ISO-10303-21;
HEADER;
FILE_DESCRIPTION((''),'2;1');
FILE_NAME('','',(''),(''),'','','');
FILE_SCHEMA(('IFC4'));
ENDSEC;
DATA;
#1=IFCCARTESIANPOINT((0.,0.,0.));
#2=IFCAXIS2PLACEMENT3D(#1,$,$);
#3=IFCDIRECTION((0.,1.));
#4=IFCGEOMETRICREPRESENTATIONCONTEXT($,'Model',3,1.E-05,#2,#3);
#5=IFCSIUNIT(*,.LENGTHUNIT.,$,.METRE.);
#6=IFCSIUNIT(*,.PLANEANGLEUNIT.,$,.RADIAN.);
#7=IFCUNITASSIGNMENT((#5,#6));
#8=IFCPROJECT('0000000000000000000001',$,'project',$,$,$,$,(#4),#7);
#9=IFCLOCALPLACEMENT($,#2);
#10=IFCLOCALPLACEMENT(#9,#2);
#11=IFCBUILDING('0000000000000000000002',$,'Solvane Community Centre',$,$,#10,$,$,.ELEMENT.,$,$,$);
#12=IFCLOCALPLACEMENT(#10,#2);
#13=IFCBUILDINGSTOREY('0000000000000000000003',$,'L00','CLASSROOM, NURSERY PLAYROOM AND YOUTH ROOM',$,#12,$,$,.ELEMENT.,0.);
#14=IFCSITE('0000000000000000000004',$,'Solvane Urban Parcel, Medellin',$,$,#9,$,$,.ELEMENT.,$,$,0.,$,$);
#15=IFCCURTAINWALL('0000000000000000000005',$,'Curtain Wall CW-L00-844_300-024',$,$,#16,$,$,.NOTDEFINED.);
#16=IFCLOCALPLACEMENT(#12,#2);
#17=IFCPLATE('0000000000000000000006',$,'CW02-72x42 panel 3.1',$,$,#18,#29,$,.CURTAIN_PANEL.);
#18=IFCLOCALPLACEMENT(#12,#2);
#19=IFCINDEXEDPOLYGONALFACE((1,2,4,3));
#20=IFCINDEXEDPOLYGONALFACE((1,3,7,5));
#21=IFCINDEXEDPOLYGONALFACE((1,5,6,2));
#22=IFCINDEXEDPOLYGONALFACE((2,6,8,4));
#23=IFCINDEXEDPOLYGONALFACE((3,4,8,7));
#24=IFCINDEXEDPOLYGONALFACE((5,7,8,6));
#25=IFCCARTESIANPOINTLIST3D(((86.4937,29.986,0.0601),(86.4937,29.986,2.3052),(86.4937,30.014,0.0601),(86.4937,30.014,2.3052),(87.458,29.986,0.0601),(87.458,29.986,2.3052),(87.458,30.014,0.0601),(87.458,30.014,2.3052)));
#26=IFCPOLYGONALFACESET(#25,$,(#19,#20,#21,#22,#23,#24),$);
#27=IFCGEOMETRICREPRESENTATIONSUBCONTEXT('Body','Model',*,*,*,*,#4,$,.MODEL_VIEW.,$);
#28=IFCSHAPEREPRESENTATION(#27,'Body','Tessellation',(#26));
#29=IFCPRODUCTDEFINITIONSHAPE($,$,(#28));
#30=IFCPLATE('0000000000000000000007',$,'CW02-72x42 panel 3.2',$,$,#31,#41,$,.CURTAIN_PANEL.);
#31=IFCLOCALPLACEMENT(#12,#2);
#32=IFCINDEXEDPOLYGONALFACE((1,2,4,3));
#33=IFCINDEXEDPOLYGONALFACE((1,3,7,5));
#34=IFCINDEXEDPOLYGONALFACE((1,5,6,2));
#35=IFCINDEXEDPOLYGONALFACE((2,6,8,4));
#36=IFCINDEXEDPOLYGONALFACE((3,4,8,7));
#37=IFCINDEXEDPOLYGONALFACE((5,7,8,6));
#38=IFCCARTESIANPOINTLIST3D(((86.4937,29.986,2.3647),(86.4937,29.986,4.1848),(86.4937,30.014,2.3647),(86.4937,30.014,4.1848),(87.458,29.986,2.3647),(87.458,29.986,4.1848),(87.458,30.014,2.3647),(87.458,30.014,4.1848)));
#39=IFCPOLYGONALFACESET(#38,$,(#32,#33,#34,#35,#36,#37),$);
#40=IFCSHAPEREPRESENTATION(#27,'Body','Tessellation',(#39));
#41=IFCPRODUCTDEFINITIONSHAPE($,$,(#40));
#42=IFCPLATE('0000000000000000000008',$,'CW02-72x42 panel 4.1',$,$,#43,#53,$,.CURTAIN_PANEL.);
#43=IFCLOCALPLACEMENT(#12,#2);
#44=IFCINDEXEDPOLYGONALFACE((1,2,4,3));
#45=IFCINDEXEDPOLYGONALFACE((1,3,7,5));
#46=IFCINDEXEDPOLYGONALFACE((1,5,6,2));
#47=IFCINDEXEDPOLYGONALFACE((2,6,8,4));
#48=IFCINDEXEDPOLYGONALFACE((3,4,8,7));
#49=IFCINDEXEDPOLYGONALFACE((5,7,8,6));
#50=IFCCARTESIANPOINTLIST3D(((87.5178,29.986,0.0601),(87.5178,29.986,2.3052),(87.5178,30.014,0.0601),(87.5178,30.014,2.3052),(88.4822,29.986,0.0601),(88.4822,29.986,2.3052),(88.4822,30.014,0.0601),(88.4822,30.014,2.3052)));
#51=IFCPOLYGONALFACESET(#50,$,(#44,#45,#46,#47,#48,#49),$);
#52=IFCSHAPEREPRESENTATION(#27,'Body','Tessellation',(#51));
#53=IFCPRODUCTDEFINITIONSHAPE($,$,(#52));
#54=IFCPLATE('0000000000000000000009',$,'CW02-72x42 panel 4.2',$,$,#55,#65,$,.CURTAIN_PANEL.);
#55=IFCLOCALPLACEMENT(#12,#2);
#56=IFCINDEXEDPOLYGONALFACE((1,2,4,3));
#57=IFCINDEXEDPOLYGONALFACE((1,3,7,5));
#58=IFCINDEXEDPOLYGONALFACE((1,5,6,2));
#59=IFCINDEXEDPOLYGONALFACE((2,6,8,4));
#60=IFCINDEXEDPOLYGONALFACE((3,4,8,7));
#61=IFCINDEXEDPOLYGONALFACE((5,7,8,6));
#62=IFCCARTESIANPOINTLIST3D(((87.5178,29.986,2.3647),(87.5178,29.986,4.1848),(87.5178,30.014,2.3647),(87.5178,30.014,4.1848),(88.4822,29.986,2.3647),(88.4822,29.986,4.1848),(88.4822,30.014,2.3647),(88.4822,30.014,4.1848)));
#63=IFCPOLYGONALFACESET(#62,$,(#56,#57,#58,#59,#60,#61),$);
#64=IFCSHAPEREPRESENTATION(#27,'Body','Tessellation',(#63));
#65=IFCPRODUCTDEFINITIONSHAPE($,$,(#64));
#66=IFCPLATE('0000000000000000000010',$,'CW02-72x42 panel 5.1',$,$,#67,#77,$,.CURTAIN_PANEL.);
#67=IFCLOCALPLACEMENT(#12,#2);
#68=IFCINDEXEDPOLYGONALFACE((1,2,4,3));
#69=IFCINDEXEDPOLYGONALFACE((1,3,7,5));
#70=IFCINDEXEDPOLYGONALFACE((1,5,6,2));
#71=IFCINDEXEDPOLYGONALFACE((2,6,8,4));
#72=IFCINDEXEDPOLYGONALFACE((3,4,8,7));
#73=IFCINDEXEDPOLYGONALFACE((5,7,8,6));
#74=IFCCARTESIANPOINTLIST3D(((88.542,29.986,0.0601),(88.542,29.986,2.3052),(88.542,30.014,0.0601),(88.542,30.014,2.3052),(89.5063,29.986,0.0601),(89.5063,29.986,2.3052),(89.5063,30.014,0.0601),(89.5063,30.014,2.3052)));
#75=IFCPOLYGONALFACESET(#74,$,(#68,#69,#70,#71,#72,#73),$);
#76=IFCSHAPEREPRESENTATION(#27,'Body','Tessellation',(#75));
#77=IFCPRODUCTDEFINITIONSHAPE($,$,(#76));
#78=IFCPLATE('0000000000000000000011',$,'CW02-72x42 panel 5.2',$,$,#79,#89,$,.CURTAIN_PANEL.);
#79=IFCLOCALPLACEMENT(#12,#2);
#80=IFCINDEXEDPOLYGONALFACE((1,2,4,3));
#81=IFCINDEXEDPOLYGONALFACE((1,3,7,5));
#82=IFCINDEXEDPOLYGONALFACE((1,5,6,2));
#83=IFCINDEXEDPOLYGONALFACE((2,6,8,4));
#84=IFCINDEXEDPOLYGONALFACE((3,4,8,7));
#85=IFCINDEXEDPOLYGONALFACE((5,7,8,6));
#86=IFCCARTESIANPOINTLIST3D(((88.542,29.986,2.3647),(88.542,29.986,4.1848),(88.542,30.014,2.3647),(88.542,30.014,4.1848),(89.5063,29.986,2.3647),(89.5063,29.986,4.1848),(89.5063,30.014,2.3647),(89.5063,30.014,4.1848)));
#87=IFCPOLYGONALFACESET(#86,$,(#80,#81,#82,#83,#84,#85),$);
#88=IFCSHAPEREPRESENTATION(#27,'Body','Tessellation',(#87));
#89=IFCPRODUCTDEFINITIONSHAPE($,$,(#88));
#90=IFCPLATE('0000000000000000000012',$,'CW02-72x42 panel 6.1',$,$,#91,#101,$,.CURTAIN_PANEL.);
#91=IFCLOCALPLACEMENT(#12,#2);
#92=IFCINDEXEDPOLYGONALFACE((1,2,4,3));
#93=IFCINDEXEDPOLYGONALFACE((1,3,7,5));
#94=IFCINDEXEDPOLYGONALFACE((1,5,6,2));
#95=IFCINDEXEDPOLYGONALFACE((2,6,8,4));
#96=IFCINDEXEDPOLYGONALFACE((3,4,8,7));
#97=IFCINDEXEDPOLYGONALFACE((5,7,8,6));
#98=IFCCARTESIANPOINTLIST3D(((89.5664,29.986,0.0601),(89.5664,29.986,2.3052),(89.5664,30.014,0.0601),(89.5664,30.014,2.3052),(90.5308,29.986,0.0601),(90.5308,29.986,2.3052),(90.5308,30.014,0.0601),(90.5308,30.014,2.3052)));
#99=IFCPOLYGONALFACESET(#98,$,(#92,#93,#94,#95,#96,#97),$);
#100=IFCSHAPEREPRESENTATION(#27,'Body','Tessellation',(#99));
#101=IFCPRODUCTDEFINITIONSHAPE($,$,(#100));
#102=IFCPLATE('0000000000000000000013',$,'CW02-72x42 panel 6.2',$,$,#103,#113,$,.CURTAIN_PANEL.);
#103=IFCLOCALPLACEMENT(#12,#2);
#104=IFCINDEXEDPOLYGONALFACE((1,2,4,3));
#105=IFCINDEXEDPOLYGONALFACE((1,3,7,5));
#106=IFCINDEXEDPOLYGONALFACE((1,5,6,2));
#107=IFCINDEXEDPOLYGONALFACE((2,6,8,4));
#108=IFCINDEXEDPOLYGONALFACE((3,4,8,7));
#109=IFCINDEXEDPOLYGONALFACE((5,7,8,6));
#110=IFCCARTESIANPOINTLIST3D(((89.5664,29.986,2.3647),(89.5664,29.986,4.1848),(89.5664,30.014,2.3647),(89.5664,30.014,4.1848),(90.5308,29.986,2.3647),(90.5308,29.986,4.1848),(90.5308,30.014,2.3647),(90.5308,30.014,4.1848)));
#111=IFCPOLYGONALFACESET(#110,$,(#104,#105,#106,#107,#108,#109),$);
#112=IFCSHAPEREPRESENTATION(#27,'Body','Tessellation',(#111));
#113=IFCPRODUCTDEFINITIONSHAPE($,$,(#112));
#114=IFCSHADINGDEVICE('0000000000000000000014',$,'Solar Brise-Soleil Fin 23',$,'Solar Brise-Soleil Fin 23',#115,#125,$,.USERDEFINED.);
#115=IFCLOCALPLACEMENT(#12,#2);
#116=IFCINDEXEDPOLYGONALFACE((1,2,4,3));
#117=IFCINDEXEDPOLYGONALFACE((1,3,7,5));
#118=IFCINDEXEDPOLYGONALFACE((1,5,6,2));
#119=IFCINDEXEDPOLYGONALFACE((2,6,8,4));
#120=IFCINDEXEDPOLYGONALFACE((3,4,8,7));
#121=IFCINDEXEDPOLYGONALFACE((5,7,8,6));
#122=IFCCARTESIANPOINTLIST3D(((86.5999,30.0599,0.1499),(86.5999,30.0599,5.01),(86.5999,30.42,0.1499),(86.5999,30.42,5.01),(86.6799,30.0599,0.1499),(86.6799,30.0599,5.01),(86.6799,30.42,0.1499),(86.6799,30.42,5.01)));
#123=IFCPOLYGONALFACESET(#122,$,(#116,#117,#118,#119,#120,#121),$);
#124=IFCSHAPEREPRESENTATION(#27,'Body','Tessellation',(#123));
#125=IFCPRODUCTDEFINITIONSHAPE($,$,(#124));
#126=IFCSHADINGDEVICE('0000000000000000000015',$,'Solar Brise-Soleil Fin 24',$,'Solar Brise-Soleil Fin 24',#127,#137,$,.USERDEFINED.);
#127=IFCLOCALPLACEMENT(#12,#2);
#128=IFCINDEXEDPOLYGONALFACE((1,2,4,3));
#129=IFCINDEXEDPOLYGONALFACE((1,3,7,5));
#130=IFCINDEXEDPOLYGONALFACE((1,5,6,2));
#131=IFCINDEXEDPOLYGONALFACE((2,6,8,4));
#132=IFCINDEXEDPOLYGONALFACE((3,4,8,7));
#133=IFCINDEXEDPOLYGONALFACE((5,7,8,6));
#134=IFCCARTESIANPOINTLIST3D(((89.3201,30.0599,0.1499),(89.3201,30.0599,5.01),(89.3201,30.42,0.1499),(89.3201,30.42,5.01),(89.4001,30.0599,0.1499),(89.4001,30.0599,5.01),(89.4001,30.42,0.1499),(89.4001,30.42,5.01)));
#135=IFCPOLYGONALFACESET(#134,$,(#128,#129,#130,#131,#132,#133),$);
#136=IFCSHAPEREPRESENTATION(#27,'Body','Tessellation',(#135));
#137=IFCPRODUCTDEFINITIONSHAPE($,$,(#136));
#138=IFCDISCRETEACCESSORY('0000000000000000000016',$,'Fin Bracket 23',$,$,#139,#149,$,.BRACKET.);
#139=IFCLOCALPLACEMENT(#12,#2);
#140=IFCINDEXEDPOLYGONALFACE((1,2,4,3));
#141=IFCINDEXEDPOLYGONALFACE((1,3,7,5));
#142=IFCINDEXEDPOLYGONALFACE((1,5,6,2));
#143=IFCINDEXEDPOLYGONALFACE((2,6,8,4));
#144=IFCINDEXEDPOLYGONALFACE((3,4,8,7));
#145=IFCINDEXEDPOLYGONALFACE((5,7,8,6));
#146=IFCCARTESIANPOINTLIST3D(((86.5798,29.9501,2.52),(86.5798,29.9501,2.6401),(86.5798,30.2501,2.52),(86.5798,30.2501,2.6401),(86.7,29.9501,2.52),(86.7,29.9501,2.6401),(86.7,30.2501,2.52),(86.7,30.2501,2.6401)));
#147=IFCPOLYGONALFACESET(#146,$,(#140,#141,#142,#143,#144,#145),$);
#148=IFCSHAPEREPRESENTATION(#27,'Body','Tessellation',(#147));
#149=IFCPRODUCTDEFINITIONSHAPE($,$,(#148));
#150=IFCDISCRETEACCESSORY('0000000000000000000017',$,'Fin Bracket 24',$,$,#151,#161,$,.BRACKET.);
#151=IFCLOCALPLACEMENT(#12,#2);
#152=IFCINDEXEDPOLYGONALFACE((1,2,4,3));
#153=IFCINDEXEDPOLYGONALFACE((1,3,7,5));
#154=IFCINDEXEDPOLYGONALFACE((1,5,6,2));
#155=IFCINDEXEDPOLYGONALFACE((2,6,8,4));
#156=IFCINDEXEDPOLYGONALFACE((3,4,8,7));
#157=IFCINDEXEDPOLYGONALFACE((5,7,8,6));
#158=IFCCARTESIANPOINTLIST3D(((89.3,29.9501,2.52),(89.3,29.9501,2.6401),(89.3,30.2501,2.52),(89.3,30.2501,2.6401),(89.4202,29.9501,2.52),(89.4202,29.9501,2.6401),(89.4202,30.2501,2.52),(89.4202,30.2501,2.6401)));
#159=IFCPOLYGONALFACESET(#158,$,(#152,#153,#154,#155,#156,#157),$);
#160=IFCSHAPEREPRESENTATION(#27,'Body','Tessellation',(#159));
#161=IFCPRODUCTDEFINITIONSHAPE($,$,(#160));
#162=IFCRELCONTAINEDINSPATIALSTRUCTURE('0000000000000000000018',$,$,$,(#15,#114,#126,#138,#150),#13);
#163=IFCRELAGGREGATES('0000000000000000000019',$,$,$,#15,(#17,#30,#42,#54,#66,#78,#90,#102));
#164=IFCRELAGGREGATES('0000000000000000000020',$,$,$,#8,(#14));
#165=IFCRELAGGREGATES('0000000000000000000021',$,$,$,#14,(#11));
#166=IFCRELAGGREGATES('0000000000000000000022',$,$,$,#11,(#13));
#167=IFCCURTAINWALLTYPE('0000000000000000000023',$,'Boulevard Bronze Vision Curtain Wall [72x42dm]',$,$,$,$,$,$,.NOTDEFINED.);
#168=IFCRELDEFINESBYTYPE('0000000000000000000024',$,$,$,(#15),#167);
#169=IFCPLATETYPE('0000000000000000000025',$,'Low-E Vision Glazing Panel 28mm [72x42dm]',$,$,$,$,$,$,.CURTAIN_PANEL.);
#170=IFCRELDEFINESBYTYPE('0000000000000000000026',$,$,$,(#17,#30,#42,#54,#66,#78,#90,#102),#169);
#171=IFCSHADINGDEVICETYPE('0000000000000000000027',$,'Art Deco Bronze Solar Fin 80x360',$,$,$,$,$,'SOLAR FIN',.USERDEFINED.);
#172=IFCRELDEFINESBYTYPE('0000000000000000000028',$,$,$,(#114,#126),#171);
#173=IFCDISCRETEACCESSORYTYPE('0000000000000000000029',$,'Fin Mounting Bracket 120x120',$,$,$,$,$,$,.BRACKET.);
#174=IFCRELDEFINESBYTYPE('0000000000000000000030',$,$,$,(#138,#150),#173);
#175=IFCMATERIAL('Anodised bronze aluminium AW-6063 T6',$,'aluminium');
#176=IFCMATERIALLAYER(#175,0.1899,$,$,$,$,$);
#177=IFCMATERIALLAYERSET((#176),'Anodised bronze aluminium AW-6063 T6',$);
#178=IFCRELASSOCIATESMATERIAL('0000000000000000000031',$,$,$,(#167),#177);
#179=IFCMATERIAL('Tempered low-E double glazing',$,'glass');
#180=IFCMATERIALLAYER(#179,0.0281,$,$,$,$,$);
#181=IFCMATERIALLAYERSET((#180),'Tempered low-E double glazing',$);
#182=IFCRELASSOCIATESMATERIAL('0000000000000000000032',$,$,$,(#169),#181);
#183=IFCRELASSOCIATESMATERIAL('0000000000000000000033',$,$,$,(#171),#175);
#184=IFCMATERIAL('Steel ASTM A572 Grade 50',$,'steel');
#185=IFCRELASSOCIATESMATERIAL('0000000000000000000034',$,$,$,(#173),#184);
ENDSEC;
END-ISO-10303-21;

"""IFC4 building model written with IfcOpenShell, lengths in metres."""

from ifc_helpers import new_model, si_unit, direction, frame, origin, origin_2d, place, context, subcontext, project, spatial, rectangle, extrude, material, layer, layer_set, type_object, element, aggregate, save


model = new_model("IFC4")

# Units and contexts
model_context = context("Model", 3, precision=1e-05, world=origin(), true_north=direction((0.0, 1.0)))
body_context = subcontext(model_context, "Body", "Model", "MODEL_VIEW")
ifc_project = project(units=[si_unit("LENGTHUNIT", "METRE"), si_unit("PLANEANGLEUNIT", "RADIAN")], contexts=[model_context])

# Site, building, storey
site_placement = place(None, origin())
site = spatial("IfcSite", under=ifc_project, at=site_placement, Name="Solvane Urban Parcel, Medellin", CompositionType="ELEMENT", RefElevation=0.0)
building_placement = place(site_placement, origin())
building = spatial("IfcBuilding", under=site, at=building_placement, Name="Solvane Community Centre", CompositionType="ELEMENT")
storey_placement = place(building_placement, origin())
storey = spatial("IfcBuildingStorey", under=building, at=storey_placement, Name="L00", Description="CLASSROOM, NURSERY PLAYROOM AND YOUTH ROOM", CompositionType="ELEMENT", Elevation=0.0)

# Curtain wall, plates
ifc_material_1 = material(Name="Anodised bronze aluminium AW-6063 T6", Category="aluminium")
ifc_layer_1 = layer(ifc_material_1, 0.1899)
ifc_layer_set_1 = layer_set([ifc_layer_1], Name="Anodised bronze aluminium AW-6063 T6")
curtain_wall_type = type_object("IfcCurtainWallType", Name="Boulevard Bronze Vision Curtain Wall [72x42dm]", PredefinedType="NOTDEFINED", material=ifc_layer_set_1)
curtain_wall_placement = place(storey_placement, origin())
curtain_wall = element("IfcCurtainWall", 1, at=curtain_wall_placement, inside=storey, type_object=curtain_wall_type, Name="Curtain Wall CW-L00-844_300-024", PredefinedType="NOTDEFINED")
ifc_material_2 = material(Name="Tempered low-E double glazing", Category="glass")
ifc_layer_2 = layer(ifc_material_2, 0.0281)
ifc_layer_set_2 = layer_set([ifc_layer_2], Name="Tempered low-E double glazing")
plate_type = type_object("IfcPlateType", Name="Low-E Vision Glazing Panel 28mm [72x42dm]", PredefinedType="CURTAIN_PANEL", material=ifc_layer_set_2)
plate_1_placement = place(storey_placement, frame((86.9758, 30.0, 0.0601), z_axis=(0.0, 0.0, 1.0), x_axis=(1.0, 0.0, 0.0)))
plate_1 = element("IfcPlate", 2, at=plate_1_placement, type_object=plate_type, Name="CW02-72x42 panel 3.1", PredefinedType="CURTAIN_PANEL", context=body_context, shape_type="SweptSolid", body=[
    extrude(rectangle(XDim=0.9644, YDim=0.0281, at=origin_2d()), origin(), (0.0, 0.0, 1.0), 2.2451),
])
plate_2_placement = place(storey_placement, frame((86.9758, 30.0, 2.3647), z_axis=(0.0, 0.0, 1.0), x_axis=(1.0, 0.0, 0.0)))
plate_2 = element("IfcPlate", 3, at=plate_2_placement, type_object=plate_type, Name="CW02-72x42 panel 3.2", PredefinedType="CURTAIN_PANEL", context=body_context, shape_type="SweptSolid", body=[
    extrude(rectangle(XDim=0.9644, YDim=0.0281, at=origin_2d()), origin(), (0.0, 0.0, 1.0), 1.8201),
])
plate_3_placement = place(storey_placement, frame((88.0, 30.0, 0.0601), z_axis=(0.0, 0.0, 1.0), x_axis=(1.0, 0.0, 0.0)))
plate_3 = element("IfcPlate", 4, at=plate_3_placement, type_object=plate_type, Name="CW02-72x42 panel 4.1", PredefinedType="CURTAIN_PANEL", context=body_context, shape_type="SweptSolid", body=[
    extrude(rectangle(XDim=0.9644, YDim=0.0281, at=origin_2d()), origin(), (0.0, 0.0, 1.0), 2.2451),
])
plate_4_placement = place(storey_placement, frame((88.0, 30.0, 2.3647), z_axis=(0.0, 0.0, 1.0), x_axis=(1.0, 0.0, 0.0)))
plate_4 = element("IfcPlate", 5, at=plate_4_placement, type_object=plate_type, Name="CW02-72x42 panel 4.2", PredefinedType="CURTAIN_PANEL", context=body_context, shape_type="SweptSolid", body=[
    extrude(rectangle(XDim=0.9644, YDim=0.0281, at=origin_2d()), origin(), (0.0, 0.0, 1.0), 1.8201),
])
plate_5_placement = place(storey_placement, frame((89.0242, 30.0, 0.0601), z_axis=(0.0, 0.0, 1.0), x_axis=(1.0, 0.0, 0.0)))
plate_5 = element("IfcPlate", 6, at=plate_5_placement, type_object=plate_type, Name="CW02-72x42 panel 5.1", PredefinedType="CURTAIN_PANEL", context=body_context, shape_type="SweptSolid", body=[
    extrude(rectangle(XDim=0.9644, YDim=0.0281, at=origin_2d()), origin(), (0.0, 0.0, 1.0), 2.2451),
])
plate_6_placement = place(storey_placement, frame((89.0242, 30.0, 2.3647), z_axis=(0.0, 0.0, 1.0), x_axis=(1.0, 0.0, 0.0)))
plate_6 = element("IfcPlate", 7, at=plate_6_placement, type_object=plate_type, Name="CW02-72x42 panel 5.2", PredefinedType="CURTAIN_PANEL", context=body_context, shape_type="SweptSolid", body=[
    extrude(rectangle(XDim=0.9644, YDim=0.0281, at=origin_2d()), origin(), (0.0, 0.0, 1.0), 1.8201),
])
plate_7_placement = place(storey_placement, frame((90.0486, 30.0, 0.0601), z_axis=(0.0, 0.0, 1.0), x_axis=(1.0, 0.0, 0.0)))
plate_7 = element("IfcPlate", 8, at=plate_7_placement, type_object=plate_type, Name="CW02-72x42 panel 6.1", PredefinedType="CURTAIN_PANEL", context=body_context, shape_type="SweptSolid", body=[
    extrude(rectangle(XDim=0.9644, YDim=0.0281, at=origin_2d()), origin(), (0.0, 0.0, 1.0), 2.2451),
])
plate_8_placement = place(storey_placement, frame((90.0486, 30.0, 2.3647), z_axis=(0.0, 0.0, 1.0), x_axis=(1.0, 0.0, 0.0)))
plate_8 = element("IfcPlate", 9, at=plate_8_placement, type_object=plate_type, Name="CW02-72x42 panel 6.2", PredefinedType="CURTAIN_PANEL", context=body_context, shape_type="SweptSolid", body=[
    extrude(rectangle(XDim=0.9644, YDim=0.0281, at=origin_2d()), origin(), (0.0, 0.0, 1.0), 1.8201),
])
aggregate(curtain_wall, [plate_1, plate_2, plate_3, plate_4, plate_5, plate_6, plate_7, plate_8])

# Shading devices
shading_device_type = type_object("IfcShadingDeviceType", Name="Art Deco Bronze Solar Fin 80x360", ElementType="SOLAR FIN", PredefinedType="USERDEFINED", material=ifc_material_1)
shading_device_1_placement = place(storey_placement, frame((86.6399, 30.24, 0.1499), z_axis=(0.0, 0.0, 1.0), x_axis=(1.0, 0.0, 0.0)))
element("IfcShadingDevice", 10, at=shading_device_1_placement, inside=storey, type_object=shading_device_type, Name="Solar Brise-Soleil Fin 23", ObjectType="Solar Brise-Soleil Fin 23", PredefinedType="USERDEFINED", context=body_context, shape_type="SweptSolid", body=[
    extrude(rectangle(XDim=0.0801, YDim=0.3601, at=origin_2d()), origin(), (0.0, 0.0, 1.0), 4.8601),
])
shading_device_2_placement = place(storey_placement, frame((89.3601, 30.24, 0.1499), z_axis=(0.0, 0.0, 1.0), x_axis=(1.0, 0.0, 0.0)))
element("IfcShadingDevice", 11, at=shading_device_2_placement, inside=storey, type_object=shading_device_type, Name="Solar Brise-Soleil Fin 24", ObjectType="Solar Brise-Soleil Fin 24", PredefinedType="USERDEFINED", context=body_context, shape_type="SweptSolid", body=[
    extrude(rectangle(XDim=0.0801, YDim=0.3601, at=origin_2d()), origin(), (0.0, 0.0, 1.0), 4.8601),
])

# Discrete accessories
ifc_material_3 = material(Name="Steel ASTM A572 Grade 50", Category="steel")
discrete_accessory_type = type_object("IfcDiscreteAccessoryType", Name="Fin Mounting Bracket 120x120", PredefinedType="BRACKET", material=ifc_material_3)
for number, where, z_axis, x_axis, name in (
    (12, (86.6399, 30.1001, 2.52), (0.0, 0.0, 1.0), (1.0, 0.0, 0.0), "Fin Bracket 23"),
    (13, (89.3601, 30.1001, 2.52), (0.0, 0.0, 1.0), (1.0, 0.0, 0.0), "Fin Bracket 24"),
):
    element("IfcDiscreteAccessory", number, at=place(storey_placement, frame(where, z_axis=z_axis, x_axis=x_axis)), inside=storey, type_object=discrete_accessory_type, Name=name, PredefinedType="BRACKET", context=body_context, shape_type="SweptSolid", body=[
        extrude(rectangle(XDim=0.1201, YDim=0.3, at=origin_2d()), origin(), (0.0, 0.0, 1.0), 0.1201),
    ])

save(model, "model.ifc")
